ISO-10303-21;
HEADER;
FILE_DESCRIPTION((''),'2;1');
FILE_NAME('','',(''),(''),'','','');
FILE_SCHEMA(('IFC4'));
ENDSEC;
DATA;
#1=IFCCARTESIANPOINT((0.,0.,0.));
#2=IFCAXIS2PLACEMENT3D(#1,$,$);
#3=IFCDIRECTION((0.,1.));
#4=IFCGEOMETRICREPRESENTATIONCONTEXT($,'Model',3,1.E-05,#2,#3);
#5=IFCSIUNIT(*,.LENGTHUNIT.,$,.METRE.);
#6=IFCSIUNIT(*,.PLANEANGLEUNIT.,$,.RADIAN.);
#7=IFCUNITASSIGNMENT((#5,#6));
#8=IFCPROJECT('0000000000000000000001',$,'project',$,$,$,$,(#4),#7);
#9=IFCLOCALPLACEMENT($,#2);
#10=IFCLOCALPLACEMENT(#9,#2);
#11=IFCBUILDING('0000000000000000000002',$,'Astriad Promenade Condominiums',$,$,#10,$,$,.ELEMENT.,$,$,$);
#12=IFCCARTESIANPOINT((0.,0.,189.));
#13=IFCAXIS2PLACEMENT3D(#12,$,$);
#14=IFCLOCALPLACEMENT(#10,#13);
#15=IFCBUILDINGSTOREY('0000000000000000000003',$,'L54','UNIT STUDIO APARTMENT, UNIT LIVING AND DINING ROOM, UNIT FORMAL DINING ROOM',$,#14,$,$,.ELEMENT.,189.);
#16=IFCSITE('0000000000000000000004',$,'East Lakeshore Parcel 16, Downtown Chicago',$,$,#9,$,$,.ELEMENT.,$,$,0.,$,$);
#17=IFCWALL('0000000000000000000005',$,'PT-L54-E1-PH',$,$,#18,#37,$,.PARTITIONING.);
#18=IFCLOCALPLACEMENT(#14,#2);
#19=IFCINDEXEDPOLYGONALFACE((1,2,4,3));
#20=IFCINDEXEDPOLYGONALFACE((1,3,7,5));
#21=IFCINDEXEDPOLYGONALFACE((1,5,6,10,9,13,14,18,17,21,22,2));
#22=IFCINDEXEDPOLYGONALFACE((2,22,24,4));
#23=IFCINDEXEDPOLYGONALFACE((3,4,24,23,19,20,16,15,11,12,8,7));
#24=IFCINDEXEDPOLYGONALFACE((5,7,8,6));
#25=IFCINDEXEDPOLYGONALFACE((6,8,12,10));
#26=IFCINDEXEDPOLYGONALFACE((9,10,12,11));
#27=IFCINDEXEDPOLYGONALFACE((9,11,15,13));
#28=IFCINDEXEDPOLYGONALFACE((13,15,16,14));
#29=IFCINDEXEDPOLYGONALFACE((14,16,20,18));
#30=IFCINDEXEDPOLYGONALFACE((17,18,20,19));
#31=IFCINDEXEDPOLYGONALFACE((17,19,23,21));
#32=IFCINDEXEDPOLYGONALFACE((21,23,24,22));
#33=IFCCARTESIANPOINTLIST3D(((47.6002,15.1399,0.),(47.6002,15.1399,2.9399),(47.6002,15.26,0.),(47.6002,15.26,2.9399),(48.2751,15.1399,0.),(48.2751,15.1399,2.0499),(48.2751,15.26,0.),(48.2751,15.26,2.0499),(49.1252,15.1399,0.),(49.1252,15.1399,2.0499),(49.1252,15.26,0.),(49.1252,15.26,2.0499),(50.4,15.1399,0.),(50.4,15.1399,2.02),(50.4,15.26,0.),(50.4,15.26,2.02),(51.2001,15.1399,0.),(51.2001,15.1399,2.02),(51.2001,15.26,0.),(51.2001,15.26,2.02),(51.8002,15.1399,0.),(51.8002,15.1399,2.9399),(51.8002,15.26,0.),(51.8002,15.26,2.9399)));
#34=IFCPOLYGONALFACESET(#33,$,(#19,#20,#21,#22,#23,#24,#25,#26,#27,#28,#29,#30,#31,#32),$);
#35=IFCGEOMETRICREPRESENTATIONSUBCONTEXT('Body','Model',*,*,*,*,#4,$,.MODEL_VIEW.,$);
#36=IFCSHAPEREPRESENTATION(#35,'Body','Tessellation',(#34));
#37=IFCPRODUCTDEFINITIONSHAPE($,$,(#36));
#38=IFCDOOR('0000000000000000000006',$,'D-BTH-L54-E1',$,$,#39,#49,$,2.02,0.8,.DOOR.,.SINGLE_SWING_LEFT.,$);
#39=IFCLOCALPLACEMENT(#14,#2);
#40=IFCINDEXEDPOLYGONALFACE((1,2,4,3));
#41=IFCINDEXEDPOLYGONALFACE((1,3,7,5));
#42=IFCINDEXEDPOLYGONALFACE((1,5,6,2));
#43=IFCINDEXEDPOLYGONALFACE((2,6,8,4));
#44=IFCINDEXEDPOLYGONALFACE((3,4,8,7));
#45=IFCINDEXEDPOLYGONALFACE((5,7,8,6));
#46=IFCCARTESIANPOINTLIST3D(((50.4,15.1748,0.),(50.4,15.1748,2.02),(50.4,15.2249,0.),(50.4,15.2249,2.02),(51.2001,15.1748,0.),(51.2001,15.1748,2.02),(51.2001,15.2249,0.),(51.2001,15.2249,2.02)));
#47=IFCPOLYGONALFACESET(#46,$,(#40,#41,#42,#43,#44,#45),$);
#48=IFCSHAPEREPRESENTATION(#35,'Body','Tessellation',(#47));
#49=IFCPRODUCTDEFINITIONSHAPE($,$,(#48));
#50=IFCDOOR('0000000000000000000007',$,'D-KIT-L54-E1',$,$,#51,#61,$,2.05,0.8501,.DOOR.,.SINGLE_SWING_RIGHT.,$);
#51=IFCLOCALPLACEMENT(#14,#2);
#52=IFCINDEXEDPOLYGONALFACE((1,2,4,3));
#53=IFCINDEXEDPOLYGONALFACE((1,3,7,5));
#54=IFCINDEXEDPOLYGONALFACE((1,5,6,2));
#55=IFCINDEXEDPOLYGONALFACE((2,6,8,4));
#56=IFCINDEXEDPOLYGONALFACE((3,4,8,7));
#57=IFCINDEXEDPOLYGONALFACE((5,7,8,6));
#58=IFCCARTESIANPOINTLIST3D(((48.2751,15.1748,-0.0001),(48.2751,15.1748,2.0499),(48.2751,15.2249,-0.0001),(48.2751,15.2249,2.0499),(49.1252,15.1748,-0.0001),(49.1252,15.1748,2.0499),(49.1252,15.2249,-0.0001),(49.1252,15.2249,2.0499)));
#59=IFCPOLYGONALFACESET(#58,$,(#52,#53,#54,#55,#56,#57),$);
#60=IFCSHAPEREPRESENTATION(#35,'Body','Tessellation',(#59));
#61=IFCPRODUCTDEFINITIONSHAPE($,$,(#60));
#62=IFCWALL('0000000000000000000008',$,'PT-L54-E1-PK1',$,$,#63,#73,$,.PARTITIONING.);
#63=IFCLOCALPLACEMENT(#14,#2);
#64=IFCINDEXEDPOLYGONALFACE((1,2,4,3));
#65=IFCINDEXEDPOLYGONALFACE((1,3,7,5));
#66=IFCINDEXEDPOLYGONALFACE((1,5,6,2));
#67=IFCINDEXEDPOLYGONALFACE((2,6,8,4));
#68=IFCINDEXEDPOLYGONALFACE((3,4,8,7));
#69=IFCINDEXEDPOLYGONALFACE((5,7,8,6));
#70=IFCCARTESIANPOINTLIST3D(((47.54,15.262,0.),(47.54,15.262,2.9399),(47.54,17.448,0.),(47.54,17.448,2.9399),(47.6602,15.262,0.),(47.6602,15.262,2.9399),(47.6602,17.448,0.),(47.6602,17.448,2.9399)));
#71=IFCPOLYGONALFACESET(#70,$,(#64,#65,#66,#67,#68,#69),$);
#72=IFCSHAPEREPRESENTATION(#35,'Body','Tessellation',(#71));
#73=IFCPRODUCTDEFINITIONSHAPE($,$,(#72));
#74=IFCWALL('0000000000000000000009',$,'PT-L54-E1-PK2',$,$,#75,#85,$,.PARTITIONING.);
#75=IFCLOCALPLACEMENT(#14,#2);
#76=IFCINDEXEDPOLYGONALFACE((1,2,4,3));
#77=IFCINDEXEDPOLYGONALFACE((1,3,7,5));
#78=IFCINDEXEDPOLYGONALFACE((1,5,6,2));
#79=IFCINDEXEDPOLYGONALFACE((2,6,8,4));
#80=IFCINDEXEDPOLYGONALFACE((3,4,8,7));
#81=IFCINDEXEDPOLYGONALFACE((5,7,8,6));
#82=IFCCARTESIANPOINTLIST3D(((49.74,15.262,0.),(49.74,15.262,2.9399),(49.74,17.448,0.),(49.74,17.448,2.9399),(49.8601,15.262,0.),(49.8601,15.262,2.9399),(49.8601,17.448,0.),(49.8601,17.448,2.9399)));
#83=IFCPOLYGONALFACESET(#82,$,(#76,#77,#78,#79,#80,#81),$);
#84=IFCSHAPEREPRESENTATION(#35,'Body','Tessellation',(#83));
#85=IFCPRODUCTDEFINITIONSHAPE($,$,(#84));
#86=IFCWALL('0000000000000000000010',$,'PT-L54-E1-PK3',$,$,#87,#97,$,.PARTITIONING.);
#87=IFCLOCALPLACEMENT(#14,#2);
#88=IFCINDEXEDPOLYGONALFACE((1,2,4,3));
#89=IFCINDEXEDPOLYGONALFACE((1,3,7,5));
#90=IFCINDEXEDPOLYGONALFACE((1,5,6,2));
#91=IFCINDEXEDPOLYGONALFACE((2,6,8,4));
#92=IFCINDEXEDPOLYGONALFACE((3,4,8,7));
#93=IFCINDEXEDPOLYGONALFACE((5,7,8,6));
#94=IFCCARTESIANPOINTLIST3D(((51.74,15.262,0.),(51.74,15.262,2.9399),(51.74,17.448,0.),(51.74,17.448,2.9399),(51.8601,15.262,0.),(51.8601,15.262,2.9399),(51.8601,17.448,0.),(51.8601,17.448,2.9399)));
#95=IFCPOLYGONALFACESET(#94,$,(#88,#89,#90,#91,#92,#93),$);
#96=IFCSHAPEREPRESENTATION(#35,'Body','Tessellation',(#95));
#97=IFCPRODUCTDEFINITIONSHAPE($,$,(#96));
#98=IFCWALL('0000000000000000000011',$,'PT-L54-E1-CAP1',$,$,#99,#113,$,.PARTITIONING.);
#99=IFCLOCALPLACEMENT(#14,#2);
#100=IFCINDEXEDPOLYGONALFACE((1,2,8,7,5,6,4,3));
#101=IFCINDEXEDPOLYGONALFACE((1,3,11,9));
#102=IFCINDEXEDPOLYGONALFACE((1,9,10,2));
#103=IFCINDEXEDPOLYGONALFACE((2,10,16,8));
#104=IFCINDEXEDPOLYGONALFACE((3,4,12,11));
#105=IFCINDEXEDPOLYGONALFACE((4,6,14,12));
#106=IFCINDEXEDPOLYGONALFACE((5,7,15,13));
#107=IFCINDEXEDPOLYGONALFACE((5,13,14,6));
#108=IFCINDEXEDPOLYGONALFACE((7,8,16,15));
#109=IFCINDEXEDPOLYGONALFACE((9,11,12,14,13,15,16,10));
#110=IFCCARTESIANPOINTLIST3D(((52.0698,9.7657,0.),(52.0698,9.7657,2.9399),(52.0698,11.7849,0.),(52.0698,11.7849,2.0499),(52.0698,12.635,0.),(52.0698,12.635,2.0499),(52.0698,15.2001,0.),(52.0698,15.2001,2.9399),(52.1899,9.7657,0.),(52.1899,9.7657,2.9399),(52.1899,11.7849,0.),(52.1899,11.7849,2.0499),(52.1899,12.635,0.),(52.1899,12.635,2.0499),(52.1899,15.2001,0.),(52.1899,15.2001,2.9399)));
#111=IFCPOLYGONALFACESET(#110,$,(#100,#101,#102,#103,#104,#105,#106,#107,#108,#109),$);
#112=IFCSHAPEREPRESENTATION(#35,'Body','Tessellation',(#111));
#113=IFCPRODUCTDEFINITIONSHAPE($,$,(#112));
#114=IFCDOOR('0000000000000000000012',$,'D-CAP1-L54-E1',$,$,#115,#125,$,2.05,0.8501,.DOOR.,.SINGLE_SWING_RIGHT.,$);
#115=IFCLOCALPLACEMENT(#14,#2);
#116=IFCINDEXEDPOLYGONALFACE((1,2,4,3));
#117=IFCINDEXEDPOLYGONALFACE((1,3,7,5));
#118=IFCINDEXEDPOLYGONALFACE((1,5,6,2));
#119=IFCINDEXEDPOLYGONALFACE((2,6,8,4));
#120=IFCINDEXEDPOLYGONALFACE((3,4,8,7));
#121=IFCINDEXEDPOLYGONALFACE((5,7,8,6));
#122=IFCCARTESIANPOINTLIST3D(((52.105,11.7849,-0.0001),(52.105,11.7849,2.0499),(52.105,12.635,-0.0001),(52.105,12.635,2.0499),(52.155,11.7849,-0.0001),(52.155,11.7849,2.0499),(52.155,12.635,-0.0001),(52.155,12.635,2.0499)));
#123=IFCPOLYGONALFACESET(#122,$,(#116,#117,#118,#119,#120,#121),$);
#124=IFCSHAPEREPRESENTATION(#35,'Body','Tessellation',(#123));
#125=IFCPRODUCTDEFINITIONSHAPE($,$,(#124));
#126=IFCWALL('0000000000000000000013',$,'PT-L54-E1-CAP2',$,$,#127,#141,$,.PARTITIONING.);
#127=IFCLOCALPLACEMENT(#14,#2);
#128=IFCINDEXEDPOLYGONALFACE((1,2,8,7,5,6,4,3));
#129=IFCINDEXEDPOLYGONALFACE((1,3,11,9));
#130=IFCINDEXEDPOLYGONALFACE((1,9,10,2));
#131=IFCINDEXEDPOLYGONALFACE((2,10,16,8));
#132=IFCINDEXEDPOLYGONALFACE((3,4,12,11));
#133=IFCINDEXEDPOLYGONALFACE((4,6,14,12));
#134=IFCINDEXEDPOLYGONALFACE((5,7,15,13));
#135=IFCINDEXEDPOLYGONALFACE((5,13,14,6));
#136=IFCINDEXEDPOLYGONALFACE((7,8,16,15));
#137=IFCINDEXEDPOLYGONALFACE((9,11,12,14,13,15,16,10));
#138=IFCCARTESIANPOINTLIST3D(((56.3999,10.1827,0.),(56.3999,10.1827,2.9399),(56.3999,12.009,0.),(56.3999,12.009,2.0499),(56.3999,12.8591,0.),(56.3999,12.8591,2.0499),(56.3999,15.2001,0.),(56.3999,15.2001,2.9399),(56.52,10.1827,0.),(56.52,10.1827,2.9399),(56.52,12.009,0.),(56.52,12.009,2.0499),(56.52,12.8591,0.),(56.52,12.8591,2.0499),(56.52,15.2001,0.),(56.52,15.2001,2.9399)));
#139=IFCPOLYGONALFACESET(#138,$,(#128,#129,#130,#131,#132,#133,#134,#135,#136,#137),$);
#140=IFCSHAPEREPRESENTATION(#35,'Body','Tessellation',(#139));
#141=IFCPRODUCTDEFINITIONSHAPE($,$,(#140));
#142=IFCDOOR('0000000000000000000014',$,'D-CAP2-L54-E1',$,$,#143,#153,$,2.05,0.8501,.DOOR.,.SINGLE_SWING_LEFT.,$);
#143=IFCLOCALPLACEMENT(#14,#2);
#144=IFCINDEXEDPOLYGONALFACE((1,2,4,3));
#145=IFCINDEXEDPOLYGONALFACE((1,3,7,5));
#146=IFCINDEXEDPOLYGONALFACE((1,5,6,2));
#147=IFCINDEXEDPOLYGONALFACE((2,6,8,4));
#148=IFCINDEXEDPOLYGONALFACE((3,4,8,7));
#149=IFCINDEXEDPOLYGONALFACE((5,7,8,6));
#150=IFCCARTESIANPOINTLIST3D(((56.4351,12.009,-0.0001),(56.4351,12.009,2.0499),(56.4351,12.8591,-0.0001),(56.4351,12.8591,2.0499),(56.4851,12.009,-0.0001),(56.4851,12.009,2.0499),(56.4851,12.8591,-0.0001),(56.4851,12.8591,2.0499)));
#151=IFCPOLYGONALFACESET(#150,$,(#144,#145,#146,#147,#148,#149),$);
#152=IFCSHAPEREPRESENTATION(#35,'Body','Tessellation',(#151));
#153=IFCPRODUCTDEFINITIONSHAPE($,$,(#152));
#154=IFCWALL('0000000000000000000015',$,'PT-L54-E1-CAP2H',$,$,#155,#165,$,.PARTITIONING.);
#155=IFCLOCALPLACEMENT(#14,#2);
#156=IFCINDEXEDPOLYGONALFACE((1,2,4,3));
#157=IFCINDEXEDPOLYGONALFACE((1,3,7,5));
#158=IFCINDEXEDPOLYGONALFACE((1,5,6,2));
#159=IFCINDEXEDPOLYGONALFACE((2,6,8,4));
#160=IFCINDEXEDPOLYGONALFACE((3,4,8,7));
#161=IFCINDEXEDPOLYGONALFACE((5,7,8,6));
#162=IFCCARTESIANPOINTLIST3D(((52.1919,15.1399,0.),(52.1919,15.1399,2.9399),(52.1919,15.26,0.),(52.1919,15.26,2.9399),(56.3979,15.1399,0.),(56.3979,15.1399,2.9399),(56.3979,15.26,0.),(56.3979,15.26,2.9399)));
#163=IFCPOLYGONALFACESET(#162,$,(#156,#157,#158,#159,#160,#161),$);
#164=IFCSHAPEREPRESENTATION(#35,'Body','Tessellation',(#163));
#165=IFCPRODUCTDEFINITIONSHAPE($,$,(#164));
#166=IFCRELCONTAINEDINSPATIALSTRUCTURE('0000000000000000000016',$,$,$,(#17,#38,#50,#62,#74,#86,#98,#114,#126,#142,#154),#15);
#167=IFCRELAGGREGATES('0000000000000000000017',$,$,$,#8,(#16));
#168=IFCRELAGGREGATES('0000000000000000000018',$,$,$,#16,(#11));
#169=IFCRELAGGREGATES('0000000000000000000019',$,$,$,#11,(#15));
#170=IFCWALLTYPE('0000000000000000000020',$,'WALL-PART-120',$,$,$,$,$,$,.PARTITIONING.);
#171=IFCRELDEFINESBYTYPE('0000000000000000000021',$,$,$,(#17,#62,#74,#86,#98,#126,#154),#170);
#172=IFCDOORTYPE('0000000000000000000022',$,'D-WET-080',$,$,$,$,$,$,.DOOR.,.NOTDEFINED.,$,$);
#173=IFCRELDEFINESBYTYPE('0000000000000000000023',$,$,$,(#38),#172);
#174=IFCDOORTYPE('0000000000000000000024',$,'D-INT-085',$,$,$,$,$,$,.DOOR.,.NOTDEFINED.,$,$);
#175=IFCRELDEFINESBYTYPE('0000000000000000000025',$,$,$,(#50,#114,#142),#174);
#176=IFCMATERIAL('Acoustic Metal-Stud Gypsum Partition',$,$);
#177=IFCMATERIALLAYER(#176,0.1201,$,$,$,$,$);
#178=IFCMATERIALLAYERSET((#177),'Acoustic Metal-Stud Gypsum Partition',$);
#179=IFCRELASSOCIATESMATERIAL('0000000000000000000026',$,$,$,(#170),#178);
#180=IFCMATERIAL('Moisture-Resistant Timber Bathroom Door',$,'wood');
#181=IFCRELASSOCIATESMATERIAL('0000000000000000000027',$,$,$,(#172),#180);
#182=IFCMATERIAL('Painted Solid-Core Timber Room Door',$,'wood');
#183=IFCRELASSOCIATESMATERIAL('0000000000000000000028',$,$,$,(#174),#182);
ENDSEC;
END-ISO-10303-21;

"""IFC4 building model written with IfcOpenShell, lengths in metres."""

from ifc_helpers import new_model, si_unit, direction, frame, frame_2d, origin, place, context, subcontext, project, spatial, rectangle, extrude, source, transform, mapped, material, layer, layer_set, type_object, type_shapes, element, fill, save


model = new_model("IFC4")

# Units and contexts
model_context = context("Model", 3, precision=1e-05, world=origin(), true_north=direction((0.0, 1.0)))
body_context = subcontext(model_context, "Body", "Model", "MODEL_VIEW")
ifc_project = project(units=[si_unit("LENGTHUNIT", "METRE"), si_unit("PLANEANGLEUNIT", "RADIAN")], contexts=[model_context])

# Site, building, storey
site_placement = place(None, origin())
site = spatial("IfcSite", under=ifc_project, at=site_placement, Name="East Lakeshore Parcel 16, Downtown Chicago", CompositionType="ELEMENT", RefElevation=0.0)
building_placement = place(site_placement, origin())
building = spatial("IfcBuilding", under=site, at=building_placement, Name="Astriad Promenade Condominiums", CompositionType="ELEMENT")
storey_placement = place(building_placement, frame((0.0, 0.0, 189.0)))
storey = spatial("IfcBuildingStorey", under=building, at=storey_placement, Name="L54", Description="UNIT STUDIO APARTMENT, UNIT LIVING AND DINING ROOM, UNIT FORMAL DINING ROOM", CompositionType="ELEMENT", Elevation=189.0)

# Wall, openings, doors
ifc_material_1 = material(Name="Acoustic Metal-Stud Gypsum Partition")
ifc_layer_1 = layer(ifc_material_1, 0.1201)
ifc_layer_set_1 = layer_set([ifc_layer_1], Name="Acoustic Metal-Stud Gypsum Partition")
wall_type_1 = type_object("IfcWallType", Name="WALL-PART-120", PredefinedType="PARTITIONING", material=ifc_layer_set_1)
wall_1_placement = place(storey_placement, frame((47.6001, 15.2, 0.0), z_axis=(0.0, 0.0, 1.0), x_axis=(1.0, 0.0, 0.0)))
wall_1 = element("IfcWall", 1, at=wall_1_placement, inside=storey, type_object=wall_type_1, Name="PT-L54-E1-PH", PredefinedType="PARTITIONING", context=body_context, shape_type="SweptSolid", body=[
    extrude(rectangle(XDim=4.2, YDim=0.1201, at=frame_2d((2.1001, 0.0))), origin(), (0.0, 0.0, 1.0), 2.9399),
])
opening_1_placement = place(wall_1_placement, frame((0.675, 0.0, 0.0)))
opening_1 = element("IfcOpeningElement", 2, at=opening_1_placement, cuts=wall_1, PredefinedType="OPENING", context=body_context, shape_type="SweptSolid", body=[
    extrude(rectangle(XDim=0.8501, YDim=2.05, at=frame_2d((0.425, 1.0249))), frame((0.0, 0.0701, 0.0), z_axis=(0.0, -1.0, 0.0), x_axis=(1.0, 0.0, 0.0)), (0.0, 0.0, 1.0), 0.1401),
])
opening_2_placement = place(wall_1_placement, frame((2.8, 0.0, 0.0)))
opening_2 = element("IfcOpeningElement", 3, at=opening_2_placement, cuts=wall_1, PredefinedType="OPENING", context=body_context, shape_type="SweptSolid", body=[
    extrude(rectangle(XDim=0.8, YDim=2.02, at=frame_2d((0.3999, 1.01))), frame((0.0, 0.0701, 0.0), z_axis=(0.0, -1.0, 0.0), x_axis=(1.0, 0.0, 0.0)), (0.0, 0.0, 1.0), 0.1401),
])
ifc_material_2 = material(Name="Moisture-Resistant Timber Bathroom Door", Category="wood")
door_type_1 = type_object("IfcDoorType", Name="D-WET-080", OperationType="NOTDEFINED", PredefinedType="DOOR", material=ifc_material_2)
shared_shape_1 = source(origin(), body_context, "Body", "SweptSolid", [
    extrude(rectangle(XDim=0.8, YDim=2.02, at=frame_2d((0.3999, 1.01))), frame((0.0, 0.0249, 0.0), z_axis=(0.0, -1.0, 0.0), x_axis=(1.0, 0.0, 0.0)), (0.0, 0.0, 1.0), 0.05),
])
type_shapes(door_type_1, [shared_shape_1])
door_1_placement = place(opening_2_placement, origin())
door_1 = element("IfcDoor", 4, at=door_1_placement, inside=storey, type_object=door_type_1, Name="D-BTH-L54-E1", OperationType="SINGLE_SWING_LEFT", OverallHeight=2.02, OverallWidth=0.8, PredefinedType="DOOR", context=body_context, shape_type="MappedRepresentation", body=[
    mapped(shared_shape_1, transform((0.0, 0.0, 0.0), scale=1.0)),
])
fill(opening_2, door_1)
ifc_material_3 = material(Name="Painted Solid-Core Timber Room Door", Category="wood")
door_type_2 = type_object("IfcDoorType", Name="D-INT-085", OperationType="NOTDEFINED", PredefinedType="DOOR", material=ifc_material_3)
shared_shape_2 = source(origin(), body_context, "Body", "SweptSolid", [
    extrude(rectangle(XDim=0.8501, YDim=2.05, at=frame_2d((0.425, 1.0249))), frame((0.0, 0.0249, 0.0), z_axis=(0.0, -1.0, 0.0), x_axis=(1.0, 0.0, 0.0)), (0.0, 0.0, 1.0), 0.05),
])
type_shapes(door_type_2, [shared_shape_2])
door_2_placement = place(opening_1_placement, origin())
door_2 = element("IfcDoor", 5, at=door_2_placement, inside=storey, type_object=door_type_2, Name="D-KIT-L54-E1", OperationType="SINGLE_SWING_RIGHT", OverallHeight=2.05, OverallWidth=0.8501, PredefinedType="DOOR", context=body_context, shape_type="MappedRepresentation", body=[
    mapped(shared_shape_2, transform((0.0, 0.0, 0.0), scale=1.0)),
])
fill(opening_1, door_2)

# Walls
for number, where, z_axis, x_axis, name in (
    (6, (47.6001, 15.262, 0.0), (0.0, 0.0, 1.0), (0.0, 1.0, 0.0), "PT-L54-E1-PK1"),
    (7, (49.8, 15.262, 0.0), (0.0, 0.0, 1.0), (0.0, 1.0, 0.0), "PT-L54-E1-PK2"),
    (8, (51.8, 15.262, 0.0), (0.0, 0.0, 1.0), (0.0, 1.0, 0.0), "PT-L54-E1-PK3"),
):
    element("IfcWall", number, at=place(storey_placement, frame(where, z_axis=z_axis, x_axis=x_axis)), inside=storey, type_object=wall_type_1, Name=name, PredefinedType="PARTITIONING", context=body_context, shape_type="SweptSolid", body=[
        extrude(rectangle(XDim=2.186, YDim=0.1201, at=frame_2d((1.093, 0.0))), origin(), (0.0, 0.0, 1.0), 2.9399),
    ])

# Walls, openings, doors
wall_2_placement = place(storey_placement, frame((52.1299, 9.7656, 0.0), z_axis=(0.0, 0.0, 1.0), x_axis=(0.0, 1.0, 0.0)))
wall_2 = element("IfcWall", 9, at=wall_2_placement, inside=storey, type_object=wall_type_1, Name="PT-L54-E1-CAP1", PredefinedType="PARTITIONING", context=body_context, shape_type="SweptSolid", body=[
    extrude(rectangle(XDim=5.4343, YDim=0.1201, at=frame_2d((2.7173, 0.0))), origin(), (0.0, 0.0, 1.0), 2.9399),
])
opening_3_placement = place(wall_2_placement, frame((2.0193, 0.0, 0.0)))
opening_3 = element("IfcOpeningElement", 10, at=opening_3_placement, cuts=wall_2, PredefinedType="OPENING", context=body_context, shape_type="SweptSolid", body=[
    extrude(rectangle(XDim=0.8501, YDim=2.05, at=frame_2d((0.425, 1.0249))), frame((0.0, 0.0701, 0.0), z_axis=(0.0, -1.0, 0.0), x_axis=(1.0, 0.0, 0.0)), (0.0, 0.0, 1.0), 0.1401),
])
door_3_placement = place(opening_3_placement, origin())
door_3 = element("IfcDoor", 11, at=door_3_placement, inside=storey, type_object=door_type_2, Name="D-CAP1-L54-E1", OperationType="SINGLE_SWING_RIGHT", OverallHeight=2.05, OverallWidth=0.8501, PredefinedType="DOOR", context=body_context, shape_type="MappedRepresentation", body=[
    mapped(shared_shape_2, transform((0.0, 0.0, 0.0), scale=1.0)),
])
fill(opening_3, door_3)
wall_3_placement = place(storey_placement, frame((56.46, 10.1826, 0.0), z_axis=(0.0, 0.0, 1.0), x_axis=(0.0, 1.0, 0.0)))
wall_3 = element("IfcWall", 12, at=wall_3_placement, inside=storey, type_object=wall_type_1, Name="PT-L54-E1-CAP2", PredefinedType="PARTITIONING", context=body_context, shape_type="SweptSolid", body=[
    extrude(rectangle(XDim=5.0173, YDim=0.1201, at=frame_2d((2.5088, 0.0))), origin(), (0.0, 0.0, 1.0), 2.9399),
])
opening_4_placement = place(wall_3_placement, frame((1.8264, 0.0, 0.0)))
opening_4 = element("IfcOpeningElement", 13, at=opening_4_placement, cuts=wall_3, PredefinedType="OPENING", context=body_context, shape_type="SweptSolid", body=[
    extrude(rectangle(XDim=0.8501, YDim=2.05, at=frame_2d((0.425, 1.0249))), frame((0.0, 0.0701, 0.0), z_axis=(0.0, -1.0, 0.0), x_axis=(1.0, 0.0, 0.0)), (0.0, 0.0, 1.0), 0.1401),
])
door_4_placement = place(opening_4_placement, origin())
door_4 = element("IfcDoor", 14, at=door_4_placement, inside=storey, type_object=door_type_2, Name="D-CAP2-L54-E1", OperationType="SINGLE_SWING_LEFT", OverallHeight=2.05, OverallWidth=0.8501, PredefinedType="DOOR", context=body_context, shape_type="MappedRepresentation", body=[
    mapped(shared_shape_2, transform((0.0, 0.0, 0.0), scale=1.0)),
])
fill(opening_4, door_4)

# Wall
wall_4_placement = place(storey_placement, frame((52.1919, 15.2, 0.0), z_axis=(0.0, 0.0, 1.0), x_axis=(1.0, 0.0, 0.0)))
element("IfcWall", 15, at=wall_4_placement, inside=storey, type_object=wall_type_1, Name="PT-L54-E1-CAP2H", PredefinedType="PARTITIONING", context=body_context, shape_type="SweptSolid", body=[
    extrude(rectangle(XDim=4.2061, YDim=0.1201, at=frame_2d((2.103, 0.0))), origin(), (0.0, 0.0, 1.0), 2.9399),
])

save(model, "model.ifc")
